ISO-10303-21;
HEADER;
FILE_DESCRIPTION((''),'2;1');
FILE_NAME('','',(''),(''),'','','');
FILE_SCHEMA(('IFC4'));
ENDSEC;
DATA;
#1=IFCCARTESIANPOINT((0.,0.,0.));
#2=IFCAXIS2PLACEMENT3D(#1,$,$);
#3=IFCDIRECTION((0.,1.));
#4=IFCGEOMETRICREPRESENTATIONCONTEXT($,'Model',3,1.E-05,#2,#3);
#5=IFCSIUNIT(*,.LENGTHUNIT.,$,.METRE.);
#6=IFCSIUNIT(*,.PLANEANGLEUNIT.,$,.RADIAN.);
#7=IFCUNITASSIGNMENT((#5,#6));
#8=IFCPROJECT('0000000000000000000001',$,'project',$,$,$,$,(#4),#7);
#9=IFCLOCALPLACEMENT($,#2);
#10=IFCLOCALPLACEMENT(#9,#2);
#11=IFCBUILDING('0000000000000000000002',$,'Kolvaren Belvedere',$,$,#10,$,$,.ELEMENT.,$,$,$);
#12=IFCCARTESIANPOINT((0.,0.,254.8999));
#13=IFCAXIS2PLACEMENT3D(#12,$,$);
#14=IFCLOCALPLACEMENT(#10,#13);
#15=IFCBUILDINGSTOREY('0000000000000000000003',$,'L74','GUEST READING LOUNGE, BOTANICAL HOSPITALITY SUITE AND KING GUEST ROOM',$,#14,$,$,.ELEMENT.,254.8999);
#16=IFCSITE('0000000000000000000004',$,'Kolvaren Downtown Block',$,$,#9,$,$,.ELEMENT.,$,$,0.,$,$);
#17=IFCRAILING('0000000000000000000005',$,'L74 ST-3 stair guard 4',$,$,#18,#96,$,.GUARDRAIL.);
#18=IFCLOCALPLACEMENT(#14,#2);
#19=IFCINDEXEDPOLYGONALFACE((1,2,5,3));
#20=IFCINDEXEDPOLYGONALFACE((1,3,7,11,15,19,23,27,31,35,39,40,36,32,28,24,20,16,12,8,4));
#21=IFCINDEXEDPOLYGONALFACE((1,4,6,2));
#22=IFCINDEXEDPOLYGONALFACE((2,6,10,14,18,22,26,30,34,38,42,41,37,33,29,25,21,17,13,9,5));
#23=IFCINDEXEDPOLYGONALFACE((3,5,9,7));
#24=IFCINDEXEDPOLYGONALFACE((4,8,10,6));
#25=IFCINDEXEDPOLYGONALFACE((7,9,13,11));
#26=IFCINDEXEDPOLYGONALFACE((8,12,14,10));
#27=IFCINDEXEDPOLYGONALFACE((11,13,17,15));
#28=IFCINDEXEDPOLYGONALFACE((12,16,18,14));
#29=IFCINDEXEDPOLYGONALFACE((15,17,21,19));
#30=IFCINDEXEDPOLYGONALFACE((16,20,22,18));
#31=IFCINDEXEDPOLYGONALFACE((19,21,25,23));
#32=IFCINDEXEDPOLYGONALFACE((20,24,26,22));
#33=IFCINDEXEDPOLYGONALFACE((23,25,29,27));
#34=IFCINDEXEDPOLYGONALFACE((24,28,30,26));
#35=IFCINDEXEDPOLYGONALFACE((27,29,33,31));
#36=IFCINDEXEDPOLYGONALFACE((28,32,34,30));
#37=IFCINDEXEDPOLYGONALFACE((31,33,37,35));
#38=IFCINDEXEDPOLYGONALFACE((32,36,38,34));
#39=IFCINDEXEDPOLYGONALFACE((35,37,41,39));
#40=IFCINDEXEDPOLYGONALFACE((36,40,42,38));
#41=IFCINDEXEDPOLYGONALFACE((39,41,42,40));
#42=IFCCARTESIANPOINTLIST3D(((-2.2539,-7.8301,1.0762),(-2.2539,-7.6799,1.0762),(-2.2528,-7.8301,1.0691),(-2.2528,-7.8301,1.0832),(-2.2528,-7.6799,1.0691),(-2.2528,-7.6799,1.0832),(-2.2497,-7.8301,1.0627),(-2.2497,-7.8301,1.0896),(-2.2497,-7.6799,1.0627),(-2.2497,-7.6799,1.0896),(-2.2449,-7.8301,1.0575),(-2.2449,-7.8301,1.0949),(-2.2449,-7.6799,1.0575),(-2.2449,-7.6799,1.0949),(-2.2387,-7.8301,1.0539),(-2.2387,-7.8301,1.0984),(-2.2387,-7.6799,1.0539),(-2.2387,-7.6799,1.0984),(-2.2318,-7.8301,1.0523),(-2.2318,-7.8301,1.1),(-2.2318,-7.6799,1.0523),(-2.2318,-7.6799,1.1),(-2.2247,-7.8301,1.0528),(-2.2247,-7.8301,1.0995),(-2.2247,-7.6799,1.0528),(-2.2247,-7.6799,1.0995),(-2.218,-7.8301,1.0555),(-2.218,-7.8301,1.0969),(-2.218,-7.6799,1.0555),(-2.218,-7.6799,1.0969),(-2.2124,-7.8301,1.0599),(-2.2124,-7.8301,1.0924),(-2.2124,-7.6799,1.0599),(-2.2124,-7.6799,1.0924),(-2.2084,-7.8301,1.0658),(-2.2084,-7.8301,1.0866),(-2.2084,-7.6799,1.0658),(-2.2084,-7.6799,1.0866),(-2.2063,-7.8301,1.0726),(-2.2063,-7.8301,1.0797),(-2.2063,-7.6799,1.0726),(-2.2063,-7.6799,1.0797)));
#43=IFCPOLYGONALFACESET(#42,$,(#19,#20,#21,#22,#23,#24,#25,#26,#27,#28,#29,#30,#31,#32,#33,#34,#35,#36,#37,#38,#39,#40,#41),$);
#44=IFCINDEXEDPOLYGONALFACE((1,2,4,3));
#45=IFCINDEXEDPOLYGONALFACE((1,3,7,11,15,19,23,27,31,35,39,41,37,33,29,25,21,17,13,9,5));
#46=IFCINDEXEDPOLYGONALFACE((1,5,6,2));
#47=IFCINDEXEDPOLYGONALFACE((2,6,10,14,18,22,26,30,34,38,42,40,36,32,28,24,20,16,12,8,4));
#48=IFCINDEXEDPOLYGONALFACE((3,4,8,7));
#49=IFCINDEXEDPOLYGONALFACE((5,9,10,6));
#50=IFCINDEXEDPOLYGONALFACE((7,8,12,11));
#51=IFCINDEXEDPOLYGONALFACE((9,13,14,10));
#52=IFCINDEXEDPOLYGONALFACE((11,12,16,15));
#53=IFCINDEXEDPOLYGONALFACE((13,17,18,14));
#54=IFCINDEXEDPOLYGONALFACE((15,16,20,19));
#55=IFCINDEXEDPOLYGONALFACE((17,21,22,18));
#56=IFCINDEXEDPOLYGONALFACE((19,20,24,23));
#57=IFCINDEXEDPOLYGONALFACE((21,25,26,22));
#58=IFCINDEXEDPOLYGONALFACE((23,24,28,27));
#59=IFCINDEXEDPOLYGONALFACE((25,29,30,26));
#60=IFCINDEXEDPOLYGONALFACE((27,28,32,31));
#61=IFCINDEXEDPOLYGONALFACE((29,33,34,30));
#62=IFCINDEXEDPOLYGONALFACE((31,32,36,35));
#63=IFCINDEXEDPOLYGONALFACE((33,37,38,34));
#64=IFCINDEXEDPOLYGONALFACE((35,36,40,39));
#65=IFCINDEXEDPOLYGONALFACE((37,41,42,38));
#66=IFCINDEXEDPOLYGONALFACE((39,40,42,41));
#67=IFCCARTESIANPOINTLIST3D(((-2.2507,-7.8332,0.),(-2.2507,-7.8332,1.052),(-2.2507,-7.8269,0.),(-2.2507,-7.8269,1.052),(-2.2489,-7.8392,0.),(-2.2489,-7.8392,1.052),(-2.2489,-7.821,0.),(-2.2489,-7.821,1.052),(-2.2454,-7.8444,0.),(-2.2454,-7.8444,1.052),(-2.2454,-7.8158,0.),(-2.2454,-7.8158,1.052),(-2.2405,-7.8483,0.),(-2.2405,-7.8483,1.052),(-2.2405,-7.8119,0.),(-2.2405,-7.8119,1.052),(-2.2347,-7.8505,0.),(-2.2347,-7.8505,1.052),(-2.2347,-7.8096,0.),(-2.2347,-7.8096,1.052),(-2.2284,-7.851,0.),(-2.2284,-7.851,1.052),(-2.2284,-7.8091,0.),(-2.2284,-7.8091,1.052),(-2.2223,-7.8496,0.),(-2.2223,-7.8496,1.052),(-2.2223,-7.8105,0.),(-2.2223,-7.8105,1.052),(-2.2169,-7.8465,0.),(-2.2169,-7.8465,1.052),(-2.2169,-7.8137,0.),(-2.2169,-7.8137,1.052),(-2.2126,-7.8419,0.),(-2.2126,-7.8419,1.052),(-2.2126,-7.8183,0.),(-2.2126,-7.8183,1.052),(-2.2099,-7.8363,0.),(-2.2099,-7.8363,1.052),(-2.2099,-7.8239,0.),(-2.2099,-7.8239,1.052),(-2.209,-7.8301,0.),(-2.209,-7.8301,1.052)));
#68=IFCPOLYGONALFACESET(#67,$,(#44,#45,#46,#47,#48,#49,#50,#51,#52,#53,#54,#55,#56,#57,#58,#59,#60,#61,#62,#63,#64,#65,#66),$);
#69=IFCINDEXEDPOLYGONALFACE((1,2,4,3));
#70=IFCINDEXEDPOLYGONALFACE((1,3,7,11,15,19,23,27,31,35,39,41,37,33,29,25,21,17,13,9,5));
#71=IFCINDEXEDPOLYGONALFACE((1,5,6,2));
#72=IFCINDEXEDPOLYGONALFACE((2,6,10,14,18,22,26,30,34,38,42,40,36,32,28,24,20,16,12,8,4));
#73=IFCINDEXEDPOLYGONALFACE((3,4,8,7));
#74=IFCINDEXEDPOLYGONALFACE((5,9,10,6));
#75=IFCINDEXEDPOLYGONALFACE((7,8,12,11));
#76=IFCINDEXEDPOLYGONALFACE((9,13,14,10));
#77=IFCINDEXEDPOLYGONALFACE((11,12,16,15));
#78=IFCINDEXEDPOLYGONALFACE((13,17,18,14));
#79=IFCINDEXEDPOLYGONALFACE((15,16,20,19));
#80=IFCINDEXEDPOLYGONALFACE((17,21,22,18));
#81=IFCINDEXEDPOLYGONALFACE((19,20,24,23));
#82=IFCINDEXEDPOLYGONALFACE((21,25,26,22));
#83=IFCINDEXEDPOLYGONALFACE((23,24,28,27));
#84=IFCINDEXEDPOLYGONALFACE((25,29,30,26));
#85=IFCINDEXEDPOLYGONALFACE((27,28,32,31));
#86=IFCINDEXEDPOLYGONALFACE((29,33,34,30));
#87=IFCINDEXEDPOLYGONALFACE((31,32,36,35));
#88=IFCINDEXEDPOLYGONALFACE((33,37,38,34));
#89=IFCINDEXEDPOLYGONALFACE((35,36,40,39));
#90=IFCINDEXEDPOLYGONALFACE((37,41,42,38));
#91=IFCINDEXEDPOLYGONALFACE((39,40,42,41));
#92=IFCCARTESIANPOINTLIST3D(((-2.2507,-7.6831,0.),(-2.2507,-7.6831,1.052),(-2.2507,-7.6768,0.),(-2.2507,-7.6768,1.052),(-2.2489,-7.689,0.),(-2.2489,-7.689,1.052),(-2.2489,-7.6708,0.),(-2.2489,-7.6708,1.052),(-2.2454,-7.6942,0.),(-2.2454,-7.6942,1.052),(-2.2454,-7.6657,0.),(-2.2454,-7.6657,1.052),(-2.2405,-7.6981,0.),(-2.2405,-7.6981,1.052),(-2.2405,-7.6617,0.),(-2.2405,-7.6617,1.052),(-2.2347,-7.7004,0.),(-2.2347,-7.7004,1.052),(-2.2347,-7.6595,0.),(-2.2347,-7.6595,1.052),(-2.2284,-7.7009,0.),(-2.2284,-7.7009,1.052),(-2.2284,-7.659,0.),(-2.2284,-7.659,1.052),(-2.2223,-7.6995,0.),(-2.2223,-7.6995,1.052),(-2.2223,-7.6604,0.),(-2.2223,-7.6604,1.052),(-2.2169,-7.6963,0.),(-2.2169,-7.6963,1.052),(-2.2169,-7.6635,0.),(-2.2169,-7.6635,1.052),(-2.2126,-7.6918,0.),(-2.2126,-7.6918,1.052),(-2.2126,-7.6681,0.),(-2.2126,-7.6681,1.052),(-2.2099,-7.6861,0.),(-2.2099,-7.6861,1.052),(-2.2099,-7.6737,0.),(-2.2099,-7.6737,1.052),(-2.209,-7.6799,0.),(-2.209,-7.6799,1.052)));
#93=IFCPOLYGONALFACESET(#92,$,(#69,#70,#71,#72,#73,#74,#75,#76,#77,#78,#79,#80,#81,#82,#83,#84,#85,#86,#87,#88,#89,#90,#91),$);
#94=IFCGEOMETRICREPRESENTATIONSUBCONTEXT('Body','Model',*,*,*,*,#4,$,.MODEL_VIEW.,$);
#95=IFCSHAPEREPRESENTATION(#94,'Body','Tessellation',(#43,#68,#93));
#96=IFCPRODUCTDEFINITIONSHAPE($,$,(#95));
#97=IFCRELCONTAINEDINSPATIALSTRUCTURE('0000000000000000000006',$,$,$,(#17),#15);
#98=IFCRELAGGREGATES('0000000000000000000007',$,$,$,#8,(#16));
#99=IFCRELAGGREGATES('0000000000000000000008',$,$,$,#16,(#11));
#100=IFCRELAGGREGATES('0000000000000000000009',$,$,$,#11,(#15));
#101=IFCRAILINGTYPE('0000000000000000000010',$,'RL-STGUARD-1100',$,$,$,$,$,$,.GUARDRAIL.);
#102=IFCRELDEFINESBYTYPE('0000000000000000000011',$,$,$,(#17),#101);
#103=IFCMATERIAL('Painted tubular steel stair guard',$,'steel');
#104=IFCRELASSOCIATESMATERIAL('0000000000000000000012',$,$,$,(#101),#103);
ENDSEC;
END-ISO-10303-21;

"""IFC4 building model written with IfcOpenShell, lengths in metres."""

from ifc_helpers import new_model, si_unit, direction, frame, origin, origin_2d, place, context, subcontext, project, spatial, circle, extrude, material, type_object, element, save


model = new_model("IFC4")

# Units and contexts
model_context = context("Model", 3, precision=1e-05, world=origin(), true_north=direction((0.0, 1.0)))
body_context = subcontext(model_context, "Body", "Model", "MODEL_VIEW")
ifc_project = project(units=[si_unit("LENGTHUNIT", "METRE"), si_unit("PLANEANGLEUNIT", "RADIAN")], contexts=[model_context])

# Site, building, storey
site_placement = place(None, origin())
site = spatial("IfcSite", under=ifc_project, at=site_placement, Name="Kolvaren Downtown Block", CompositionType="ELEMENT", RefElevation=0.0)
building_placement = place(site_placement, origin())
building = spatial("IfcBuilding", under=site, at=building_placement, Name="Kolvaren Belvedere", CompositionType="ELEMENT")
storey_placement = place(building_placement, frame((0.0, 0.0, 254.8999)))
storey = spatial("IfcBuildingStorey", under=building, at=storey_placement, Name="L74", Description="GUEST READING LOUNGE, BOTANICAL HOSPITALITY SUITE AND KING GUEST ROOM", CompositionType="ELEMENT", Elevation=254.8999)

# Railing
ifc_material_1 = material(Name="Painted tubular steel stair guard", Category="steel")
railing_type_1 = type_object("IfcRailingType", Name="RL-STGUARD-1100", PredefinedType="GUARDRAIL", material=ifc_material_1)
railing_1_placement = place(storey_placement, frame((-2.23, -7.8301, 0.0)))
element("IfcRailing", 1, at=railing_1_placement, inside=storey, type_object=railing_type_1, Name="L74 ST-3 stair guard 4", PredefinedType="GUARDRAIL", context=body_context, shape_type="SweptSolid", body=[
    extrude(circle(Radius=0.0239, at=origin_2d()), frame((0.0, 0.0, 1.0762), z_axis=(0.0, 1.0, 0.0), x_axis=(-1.0, 0.0, 0.0)), (0.0, 0.0, 1.0), 0.1501),
    extrude(circle(Radius=0.021, at=origin_2d()), origin(), (0.0, 0.0, 1.0), 1.052),
    extrude(circle(Radius=0.021, at=origin_2d()), frame((0.0, 0.1501, 0.0)), (0.0, 0.0, 1.0), 1.052),
])

save(model, "model.ifc")
